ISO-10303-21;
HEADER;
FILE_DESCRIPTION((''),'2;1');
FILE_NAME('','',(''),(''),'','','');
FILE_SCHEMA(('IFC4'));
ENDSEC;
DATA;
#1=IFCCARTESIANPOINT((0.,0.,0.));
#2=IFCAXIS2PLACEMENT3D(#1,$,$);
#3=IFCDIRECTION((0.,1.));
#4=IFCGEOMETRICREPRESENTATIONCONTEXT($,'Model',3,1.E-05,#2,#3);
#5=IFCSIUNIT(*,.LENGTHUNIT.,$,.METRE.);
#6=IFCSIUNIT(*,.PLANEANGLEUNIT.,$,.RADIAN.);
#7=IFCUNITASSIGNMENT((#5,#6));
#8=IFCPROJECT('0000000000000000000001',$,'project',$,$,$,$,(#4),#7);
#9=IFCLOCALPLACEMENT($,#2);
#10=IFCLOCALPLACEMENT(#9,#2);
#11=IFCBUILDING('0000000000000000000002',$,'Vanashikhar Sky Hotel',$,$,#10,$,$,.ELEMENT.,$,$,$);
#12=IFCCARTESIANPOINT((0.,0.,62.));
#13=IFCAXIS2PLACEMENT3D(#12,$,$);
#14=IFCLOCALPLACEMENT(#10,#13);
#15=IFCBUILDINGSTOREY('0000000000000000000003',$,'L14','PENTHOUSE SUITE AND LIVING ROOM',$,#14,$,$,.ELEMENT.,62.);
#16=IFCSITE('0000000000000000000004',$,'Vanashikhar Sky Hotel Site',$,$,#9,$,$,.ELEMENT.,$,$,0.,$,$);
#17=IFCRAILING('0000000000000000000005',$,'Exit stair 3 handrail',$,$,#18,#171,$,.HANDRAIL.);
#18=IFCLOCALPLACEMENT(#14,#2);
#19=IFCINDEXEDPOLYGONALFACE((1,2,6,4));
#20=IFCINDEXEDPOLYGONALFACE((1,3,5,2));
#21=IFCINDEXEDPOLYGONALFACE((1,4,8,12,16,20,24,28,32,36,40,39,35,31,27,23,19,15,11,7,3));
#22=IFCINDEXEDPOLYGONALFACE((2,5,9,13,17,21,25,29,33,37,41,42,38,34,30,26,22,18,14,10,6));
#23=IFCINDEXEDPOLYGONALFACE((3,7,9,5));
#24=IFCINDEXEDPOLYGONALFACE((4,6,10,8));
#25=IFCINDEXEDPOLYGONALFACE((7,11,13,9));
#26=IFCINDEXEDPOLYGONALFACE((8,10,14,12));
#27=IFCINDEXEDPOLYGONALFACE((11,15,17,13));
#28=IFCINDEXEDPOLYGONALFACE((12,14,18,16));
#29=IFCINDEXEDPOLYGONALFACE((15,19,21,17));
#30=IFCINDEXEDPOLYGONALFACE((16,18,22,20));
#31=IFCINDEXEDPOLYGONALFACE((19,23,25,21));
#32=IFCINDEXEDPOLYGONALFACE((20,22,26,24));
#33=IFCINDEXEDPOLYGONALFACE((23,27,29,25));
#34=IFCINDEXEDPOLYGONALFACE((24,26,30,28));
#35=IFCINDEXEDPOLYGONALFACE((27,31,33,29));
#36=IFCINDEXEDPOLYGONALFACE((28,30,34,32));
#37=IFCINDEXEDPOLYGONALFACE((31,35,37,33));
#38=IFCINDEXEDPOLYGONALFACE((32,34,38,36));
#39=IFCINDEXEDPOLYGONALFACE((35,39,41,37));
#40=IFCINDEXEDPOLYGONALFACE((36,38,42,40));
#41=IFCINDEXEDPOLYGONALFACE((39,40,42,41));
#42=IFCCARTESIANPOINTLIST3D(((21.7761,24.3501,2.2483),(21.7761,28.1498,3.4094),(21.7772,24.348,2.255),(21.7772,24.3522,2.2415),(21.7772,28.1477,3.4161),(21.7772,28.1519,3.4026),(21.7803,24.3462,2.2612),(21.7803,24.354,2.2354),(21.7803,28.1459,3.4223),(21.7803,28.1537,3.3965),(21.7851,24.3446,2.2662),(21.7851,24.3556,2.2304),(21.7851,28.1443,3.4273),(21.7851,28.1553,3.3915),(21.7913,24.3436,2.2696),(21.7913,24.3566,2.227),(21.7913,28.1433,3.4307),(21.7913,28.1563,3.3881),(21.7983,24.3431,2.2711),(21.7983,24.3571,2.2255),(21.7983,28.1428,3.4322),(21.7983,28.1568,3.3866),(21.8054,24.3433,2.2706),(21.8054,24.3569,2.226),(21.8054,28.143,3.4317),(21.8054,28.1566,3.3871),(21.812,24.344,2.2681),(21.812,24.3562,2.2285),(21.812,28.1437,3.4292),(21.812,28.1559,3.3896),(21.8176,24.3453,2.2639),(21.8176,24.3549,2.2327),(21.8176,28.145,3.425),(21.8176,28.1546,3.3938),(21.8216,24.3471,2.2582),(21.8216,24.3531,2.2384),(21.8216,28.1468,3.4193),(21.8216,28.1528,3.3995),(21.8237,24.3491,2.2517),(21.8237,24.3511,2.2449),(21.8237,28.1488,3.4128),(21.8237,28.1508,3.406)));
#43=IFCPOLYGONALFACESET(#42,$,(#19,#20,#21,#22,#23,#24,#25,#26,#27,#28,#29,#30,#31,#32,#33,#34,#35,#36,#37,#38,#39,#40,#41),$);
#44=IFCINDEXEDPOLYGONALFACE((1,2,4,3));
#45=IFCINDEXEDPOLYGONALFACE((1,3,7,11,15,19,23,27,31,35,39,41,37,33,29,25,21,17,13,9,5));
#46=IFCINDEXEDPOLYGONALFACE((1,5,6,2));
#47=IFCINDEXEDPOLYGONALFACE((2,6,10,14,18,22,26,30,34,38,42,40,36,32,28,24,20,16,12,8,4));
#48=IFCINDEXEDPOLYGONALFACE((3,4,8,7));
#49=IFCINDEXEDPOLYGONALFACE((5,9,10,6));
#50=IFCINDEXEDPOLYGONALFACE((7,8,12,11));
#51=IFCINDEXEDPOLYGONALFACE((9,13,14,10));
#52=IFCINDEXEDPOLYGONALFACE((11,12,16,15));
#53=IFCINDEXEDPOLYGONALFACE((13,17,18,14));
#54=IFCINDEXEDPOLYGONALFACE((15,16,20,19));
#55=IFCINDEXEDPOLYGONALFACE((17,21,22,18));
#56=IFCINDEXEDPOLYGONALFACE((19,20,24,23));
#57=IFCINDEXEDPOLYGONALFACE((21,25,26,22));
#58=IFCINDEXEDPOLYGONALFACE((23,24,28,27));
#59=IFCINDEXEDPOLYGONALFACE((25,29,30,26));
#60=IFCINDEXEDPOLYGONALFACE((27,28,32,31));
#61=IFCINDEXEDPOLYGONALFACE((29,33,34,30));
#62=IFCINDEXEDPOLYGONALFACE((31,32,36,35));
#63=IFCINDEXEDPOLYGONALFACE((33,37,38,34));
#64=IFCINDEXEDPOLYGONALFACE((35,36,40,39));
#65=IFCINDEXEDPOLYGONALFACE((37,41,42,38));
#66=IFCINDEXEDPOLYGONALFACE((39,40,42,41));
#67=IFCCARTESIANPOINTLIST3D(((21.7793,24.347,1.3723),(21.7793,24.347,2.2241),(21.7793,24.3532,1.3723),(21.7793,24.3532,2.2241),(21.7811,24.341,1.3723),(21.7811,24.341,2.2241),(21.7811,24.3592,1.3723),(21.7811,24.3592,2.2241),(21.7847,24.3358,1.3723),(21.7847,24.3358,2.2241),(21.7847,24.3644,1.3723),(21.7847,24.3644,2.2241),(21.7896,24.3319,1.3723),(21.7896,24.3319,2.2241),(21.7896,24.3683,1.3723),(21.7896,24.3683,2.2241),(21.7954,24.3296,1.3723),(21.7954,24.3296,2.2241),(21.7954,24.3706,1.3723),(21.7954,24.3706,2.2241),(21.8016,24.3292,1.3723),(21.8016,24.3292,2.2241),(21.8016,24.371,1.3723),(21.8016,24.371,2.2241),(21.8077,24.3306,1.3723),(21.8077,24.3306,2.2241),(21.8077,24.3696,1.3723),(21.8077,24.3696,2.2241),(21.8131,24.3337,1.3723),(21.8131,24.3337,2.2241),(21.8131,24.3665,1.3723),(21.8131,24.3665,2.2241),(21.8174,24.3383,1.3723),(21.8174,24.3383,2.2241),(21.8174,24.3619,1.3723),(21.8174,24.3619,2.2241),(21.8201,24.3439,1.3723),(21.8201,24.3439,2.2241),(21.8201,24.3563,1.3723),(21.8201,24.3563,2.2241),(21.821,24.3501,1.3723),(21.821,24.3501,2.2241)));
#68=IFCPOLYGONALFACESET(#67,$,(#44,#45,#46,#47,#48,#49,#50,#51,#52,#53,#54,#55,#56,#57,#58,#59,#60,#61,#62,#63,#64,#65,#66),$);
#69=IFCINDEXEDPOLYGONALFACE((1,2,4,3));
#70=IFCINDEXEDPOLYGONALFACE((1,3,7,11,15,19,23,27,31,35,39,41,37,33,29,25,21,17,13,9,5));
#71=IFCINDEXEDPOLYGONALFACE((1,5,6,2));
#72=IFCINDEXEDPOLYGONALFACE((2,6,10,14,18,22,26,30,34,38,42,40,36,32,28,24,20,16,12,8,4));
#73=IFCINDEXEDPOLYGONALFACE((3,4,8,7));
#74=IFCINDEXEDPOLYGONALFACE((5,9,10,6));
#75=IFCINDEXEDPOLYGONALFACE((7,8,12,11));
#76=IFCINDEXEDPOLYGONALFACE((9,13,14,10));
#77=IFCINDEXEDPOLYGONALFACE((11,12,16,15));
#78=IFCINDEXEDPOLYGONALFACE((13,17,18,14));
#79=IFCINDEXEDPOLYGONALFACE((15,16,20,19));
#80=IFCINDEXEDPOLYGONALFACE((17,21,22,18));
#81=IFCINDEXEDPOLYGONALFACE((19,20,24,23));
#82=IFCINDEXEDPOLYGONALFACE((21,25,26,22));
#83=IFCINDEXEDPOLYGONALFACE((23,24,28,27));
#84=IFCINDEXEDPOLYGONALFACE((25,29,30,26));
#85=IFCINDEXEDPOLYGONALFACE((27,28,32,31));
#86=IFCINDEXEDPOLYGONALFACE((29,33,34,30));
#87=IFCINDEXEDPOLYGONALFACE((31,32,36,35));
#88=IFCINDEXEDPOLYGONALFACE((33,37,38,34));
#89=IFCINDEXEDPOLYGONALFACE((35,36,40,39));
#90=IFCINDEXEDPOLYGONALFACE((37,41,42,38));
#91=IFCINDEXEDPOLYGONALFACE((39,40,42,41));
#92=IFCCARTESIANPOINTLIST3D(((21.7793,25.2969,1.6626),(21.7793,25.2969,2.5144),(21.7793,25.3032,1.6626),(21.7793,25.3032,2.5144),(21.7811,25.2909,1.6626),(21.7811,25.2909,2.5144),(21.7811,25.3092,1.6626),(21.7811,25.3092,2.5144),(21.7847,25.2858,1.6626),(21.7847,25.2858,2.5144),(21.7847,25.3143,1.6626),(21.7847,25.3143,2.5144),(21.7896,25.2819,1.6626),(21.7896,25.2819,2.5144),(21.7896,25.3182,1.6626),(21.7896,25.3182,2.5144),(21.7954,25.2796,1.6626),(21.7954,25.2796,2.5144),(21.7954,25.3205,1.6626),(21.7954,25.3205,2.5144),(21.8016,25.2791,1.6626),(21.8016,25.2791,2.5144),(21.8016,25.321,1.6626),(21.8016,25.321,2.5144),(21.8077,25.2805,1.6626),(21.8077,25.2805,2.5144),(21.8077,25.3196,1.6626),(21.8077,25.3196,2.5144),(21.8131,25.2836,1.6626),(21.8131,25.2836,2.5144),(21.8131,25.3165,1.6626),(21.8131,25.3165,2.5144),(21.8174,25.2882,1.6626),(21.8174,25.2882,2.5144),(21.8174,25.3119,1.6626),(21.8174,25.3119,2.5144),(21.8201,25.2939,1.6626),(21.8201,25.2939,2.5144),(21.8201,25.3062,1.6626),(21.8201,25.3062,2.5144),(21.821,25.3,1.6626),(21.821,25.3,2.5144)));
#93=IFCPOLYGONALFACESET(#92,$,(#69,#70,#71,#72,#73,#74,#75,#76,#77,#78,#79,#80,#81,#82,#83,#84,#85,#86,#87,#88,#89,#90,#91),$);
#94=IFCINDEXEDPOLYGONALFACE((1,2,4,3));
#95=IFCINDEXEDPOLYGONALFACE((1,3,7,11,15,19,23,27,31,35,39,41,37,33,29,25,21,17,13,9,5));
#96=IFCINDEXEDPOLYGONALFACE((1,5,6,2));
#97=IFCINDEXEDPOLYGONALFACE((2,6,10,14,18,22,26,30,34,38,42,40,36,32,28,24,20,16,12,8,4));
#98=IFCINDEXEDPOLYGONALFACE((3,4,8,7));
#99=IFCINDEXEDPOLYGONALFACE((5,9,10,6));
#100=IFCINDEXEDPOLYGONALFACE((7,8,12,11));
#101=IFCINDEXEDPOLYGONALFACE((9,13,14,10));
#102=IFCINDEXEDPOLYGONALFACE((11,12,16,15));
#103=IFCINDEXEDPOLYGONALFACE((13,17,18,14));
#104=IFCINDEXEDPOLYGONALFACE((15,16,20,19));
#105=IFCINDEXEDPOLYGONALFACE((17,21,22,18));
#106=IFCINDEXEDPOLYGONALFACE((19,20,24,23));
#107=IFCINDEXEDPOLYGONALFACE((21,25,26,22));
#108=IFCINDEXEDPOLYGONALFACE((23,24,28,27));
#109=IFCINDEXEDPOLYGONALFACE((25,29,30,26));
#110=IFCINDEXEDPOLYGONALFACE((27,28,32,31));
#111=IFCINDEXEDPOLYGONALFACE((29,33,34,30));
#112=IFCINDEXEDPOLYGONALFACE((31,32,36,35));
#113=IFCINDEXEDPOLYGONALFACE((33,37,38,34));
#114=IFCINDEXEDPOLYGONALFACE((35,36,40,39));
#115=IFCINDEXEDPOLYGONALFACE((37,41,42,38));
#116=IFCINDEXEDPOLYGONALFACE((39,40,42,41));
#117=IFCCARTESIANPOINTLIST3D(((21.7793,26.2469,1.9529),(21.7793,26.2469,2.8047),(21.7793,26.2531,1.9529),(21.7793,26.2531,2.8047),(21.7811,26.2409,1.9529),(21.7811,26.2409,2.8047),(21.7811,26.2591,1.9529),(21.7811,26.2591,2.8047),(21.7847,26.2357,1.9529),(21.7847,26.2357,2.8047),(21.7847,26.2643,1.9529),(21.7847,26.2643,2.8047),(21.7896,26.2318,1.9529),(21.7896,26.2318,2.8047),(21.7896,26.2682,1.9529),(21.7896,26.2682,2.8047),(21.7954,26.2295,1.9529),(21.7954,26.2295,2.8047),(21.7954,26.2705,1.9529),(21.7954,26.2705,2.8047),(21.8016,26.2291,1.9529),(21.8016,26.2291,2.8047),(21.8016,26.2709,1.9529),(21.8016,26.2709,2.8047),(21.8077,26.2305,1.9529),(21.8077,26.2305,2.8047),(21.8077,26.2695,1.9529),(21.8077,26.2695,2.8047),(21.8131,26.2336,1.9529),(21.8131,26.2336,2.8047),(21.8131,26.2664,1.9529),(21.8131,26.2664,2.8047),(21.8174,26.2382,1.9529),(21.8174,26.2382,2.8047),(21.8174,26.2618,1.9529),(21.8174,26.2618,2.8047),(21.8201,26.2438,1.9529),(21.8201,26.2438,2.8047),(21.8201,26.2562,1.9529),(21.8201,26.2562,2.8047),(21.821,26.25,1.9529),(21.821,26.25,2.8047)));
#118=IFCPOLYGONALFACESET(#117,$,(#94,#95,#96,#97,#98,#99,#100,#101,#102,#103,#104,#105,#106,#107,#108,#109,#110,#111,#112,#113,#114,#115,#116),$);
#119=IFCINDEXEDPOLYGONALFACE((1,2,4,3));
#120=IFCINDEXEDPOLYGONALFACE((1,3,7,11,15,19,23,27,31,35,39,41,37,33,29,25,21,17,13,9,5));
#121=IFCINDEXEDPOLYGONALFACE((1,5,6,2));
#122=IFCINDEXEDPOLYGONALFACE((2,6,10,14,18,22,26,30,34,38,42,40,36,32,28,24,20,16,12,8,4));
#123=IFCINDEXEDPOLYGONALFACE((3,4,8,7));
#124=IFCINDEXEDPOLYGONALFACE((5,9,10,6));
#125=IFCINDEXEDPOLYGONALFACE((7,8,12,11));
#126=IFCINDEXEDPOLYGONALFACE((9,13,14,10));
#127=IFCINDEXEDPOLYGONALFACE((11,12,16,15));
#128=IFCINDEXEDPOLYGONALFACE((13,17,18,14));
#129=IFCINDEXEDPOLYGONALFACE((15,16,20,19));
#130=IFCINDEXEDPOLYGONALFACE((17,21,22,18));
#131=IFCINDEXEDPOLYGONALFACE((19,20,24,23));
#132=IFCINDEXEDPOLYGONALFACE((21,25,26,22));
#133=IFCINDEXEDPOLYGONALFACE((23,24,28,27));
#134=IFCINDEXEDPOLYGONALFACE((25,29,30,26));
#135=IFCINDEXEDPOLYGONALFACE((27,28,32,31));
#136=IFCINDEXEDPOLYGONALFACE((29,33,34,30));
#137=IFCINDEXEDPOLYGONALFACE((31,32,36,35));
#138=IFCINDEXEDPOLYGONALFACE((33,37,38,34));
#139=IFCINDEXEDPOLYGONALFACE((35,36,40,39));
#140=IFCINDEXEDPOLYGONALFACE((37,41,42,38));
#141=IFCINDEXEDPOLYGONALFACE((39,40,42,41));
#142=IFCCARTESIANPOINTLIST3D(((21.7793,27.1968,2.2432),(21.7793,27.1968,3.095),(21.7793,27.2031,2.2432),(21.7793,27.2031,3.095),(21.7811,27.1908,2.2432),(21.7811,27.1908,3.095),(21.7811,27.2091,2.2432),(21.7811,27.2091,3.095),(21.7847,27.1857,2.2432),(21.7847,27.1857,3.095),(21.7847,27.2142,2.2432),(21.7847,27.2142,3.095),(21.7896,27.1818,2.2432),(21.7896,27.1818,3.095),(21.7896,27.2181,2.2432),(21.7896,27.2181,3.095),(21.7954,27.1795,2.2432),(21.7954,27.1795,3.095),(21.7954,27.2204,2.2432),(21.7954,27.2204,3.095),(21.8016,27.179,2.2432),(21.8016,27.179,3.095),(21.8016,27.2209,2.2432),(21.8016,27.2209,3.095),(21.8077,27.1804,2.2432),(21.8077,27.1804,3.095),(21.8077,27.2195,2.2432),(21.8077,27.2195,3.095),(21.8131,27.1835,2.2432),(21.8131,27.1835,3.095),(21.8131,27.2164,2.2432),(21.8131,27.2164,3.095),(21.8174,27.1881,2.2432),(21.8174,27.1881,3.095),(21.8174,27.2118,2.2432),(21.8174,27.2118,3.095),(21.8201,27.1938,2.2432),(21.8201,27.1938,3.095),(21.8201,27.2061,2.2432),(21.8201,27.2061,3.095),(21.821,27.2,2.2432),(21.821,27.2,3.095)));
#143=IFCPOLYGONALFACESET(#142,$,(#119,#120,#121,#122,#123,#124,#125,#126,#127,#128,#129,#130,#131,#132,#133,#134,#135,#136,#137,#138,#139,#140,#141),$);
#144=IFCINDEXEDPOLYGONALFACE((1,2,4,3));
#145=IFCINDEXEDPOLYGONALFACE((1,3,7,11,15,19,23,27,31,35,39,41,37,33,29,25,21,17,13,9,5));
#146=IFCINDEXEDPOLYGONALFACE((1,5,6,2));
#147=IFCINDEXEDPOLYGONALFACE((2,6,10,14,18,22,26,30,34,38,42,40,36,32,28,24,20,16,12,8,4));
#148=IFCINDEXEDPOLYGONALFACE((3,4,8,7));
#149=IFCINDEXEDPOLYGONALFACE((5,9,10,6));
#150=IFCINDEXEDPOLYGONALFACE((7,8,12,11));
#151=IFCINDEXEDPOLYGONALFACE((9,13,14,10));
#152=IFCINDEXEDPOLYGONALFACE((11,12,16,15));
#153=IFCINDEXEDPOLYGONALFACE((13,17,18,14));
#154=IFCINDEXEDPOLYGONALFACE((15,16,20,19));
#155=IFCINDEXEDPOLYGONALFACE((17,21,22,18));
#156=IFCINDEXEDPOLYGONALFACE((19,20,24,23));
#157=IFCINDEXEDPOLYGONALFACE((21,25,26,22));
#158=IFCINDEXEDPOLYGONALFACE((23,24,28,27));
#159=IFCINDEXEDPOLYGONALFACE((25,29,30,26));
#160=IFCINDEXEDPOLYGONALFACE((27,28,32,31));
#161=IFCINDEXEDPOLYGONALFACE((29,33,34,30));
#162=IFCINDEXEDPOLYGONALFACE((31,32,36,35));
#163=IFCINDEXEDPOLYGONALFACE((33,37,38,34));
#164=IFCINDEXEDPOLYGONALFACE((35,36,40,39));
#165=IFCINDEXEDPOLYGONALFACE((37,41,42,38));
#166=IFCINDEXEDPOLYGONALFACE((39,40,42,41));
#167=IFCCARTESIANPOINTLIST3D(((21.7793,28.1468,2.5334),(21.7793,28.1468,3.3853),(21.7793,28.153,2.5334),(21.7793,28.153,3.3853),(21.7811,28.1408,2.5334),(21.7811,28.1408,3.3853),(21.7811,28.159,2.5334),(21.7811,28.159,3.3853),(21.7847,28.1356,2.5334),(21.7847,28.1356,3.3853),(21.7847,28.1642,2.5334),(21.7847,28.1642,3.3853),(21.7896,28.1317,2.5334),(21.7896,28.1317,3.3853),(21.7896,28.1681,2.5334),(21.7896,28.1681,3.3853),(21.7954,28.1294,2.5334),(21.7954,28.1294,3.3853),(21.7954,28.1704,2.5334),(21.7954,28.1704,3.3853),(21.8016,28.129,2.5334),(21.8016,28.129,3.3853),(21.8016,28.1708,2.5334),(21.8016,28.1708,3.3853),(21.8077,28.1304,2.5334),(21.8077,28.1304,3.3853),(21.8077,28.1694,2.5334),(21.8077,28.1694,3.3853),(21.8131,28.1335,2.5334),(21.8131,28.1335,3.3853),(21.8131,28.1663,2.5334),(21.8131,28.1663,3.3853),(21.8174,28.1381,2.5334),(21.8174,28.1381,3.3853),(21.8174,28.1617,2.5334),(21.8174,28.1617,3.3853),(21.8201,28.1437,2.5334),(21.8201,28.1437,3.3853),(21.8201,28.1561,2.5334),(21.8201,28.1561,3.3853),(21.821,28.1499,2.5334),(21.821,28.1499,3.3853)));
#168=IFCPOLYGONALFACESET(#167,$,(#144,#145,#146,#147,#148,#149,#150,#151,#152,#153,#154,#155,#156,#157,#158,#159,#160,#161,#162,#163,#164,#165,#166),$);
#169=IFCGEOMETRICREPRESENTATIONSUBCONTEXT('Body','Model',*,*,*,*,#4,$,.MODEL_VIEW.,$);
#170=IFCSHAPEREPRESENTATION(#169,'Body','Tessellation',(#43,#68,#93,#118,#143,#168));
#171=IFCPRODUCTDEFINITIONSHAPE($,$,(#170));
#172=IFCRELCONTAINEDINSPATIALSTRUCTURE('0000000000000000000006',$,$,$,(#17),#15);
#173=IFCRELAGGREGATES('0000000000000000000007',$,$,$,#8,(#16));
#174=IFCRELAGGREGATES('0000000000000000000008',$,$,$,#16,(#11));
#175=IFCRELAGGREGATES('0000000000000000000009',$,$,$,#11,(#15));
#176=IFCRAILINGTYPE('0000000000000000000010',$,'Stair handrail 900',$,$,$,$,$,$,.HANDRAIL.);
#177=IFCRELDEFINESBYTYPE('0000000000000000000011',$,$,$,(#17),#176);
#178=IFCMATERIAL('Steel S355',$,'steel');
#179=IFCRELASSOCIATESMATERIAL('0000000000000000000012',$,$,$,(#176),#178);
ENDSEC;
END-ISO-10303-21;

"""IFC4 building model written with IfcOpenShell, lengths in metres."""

from ifc_helpers import new_model, si_unit, direction, frame, origin, origin_2d, place, context, subcontext, project, spatial, circle, extrude, source, transform, mapped, material, type_object, element, save


model = new_model("IFC4")

# Units and contexts
model_context = context("Model", 3, precision=1e-05, world=origin(), true_north=direction((0.0, 1.0)))
body_context = subcontext(model_context, "Body", "Model", "MODEL_VIEW")
ifc_project = project(units=[si_unit("LENGTHUNIT", "METRE"), si_unit("PLANEANGLEUNIT", "RADIAN")], contexts=[model_context])

# Site, building, storey
site_placement = place(None, origin())
site = spatial("IfcSite", under=ifc_project, at=site_placement, Name="Vanashikhar Sky Hotel Site", CompositionType="ELEMENT", RefElevation=0.0)
building_placement = place(site_placement, origin())
building = spatial("IfcBuilding", under=site, at=building_placement, Name="Vanashikhar Sky Hotel", CompositionType="ELEMENT")
storey_placement = place(building_placement, frame((0.0, 0.0, 62.0)))
storey = spatial("IfcBuildingStorey", under=building, at=storey_placement, Name="L14", Description="PENTHOUSE SUITE AND LIVING ROOM", CompositionType="ELEMENT", Elevation=62.0)

# Railing
ifc_material_1 = material(Name="Steel S355", Category="steel")
railing_type = type_object("IfcRailingType", Name="Stair handrail 900", PredefinedType="HANDRAIL", material=ifc_material_1)
shared_shape_1 = source(origin(), body_context, "Body", "SweptSolid", [
    extrude(circle(Radius=0.0239, at=origin_2d()), frame((0.0, 0.0, 0.876), z_axis=(0.0, 0.956346, 0.292237), x_axis=(-1.0, 0.0, 0.0)), (0.0, 0.0, 1.0), 3.9731),
    extrude(circle(Radius=0.021, at=origin_2d()), origin(), (0.0, 0.0, 1.0), 0.8518),
    extrude(circle(Radius=0.021, at=origin_2d()), frame((0.0, 0.95, 0.2903)), (0.0, 0.0, 1.0), 0.8518),
    extrude(circle(Radius=0.021, at=origin_2d()), frame((0.0, 1.8999, 0.5806)), (0.0, 0.0, 1.0), 0.8518),
    extrude(circle(Radius=0.021, at=origin_2d()), frame((0.0, 2.8499, 0.8708)), (0.0, 0.0, 1.0), 0.8518),
    extrude(circle(Radius=0.021, at=origin_2d()), frame((0.0, 3.7998, 1.1611)), (0.0, 0.0, 1.0), 0.8518),
])
railing_placement = place(storey_placement, frame((21.8, 24.3501, 1.3723)))
element("IfcRailing", 1, at=railing_placement, inside=storey, type_object=railing_type, Name="Exit stair 3 handrail", PredefinedType="HANDRAIL", context=body_context, shape_type="MappedRepresentation", body=[
    mapped(shared_shape_1, transform((0.0, 0.0, 0.0), scale=1.0)),
])

save(model, "model.ifc")
